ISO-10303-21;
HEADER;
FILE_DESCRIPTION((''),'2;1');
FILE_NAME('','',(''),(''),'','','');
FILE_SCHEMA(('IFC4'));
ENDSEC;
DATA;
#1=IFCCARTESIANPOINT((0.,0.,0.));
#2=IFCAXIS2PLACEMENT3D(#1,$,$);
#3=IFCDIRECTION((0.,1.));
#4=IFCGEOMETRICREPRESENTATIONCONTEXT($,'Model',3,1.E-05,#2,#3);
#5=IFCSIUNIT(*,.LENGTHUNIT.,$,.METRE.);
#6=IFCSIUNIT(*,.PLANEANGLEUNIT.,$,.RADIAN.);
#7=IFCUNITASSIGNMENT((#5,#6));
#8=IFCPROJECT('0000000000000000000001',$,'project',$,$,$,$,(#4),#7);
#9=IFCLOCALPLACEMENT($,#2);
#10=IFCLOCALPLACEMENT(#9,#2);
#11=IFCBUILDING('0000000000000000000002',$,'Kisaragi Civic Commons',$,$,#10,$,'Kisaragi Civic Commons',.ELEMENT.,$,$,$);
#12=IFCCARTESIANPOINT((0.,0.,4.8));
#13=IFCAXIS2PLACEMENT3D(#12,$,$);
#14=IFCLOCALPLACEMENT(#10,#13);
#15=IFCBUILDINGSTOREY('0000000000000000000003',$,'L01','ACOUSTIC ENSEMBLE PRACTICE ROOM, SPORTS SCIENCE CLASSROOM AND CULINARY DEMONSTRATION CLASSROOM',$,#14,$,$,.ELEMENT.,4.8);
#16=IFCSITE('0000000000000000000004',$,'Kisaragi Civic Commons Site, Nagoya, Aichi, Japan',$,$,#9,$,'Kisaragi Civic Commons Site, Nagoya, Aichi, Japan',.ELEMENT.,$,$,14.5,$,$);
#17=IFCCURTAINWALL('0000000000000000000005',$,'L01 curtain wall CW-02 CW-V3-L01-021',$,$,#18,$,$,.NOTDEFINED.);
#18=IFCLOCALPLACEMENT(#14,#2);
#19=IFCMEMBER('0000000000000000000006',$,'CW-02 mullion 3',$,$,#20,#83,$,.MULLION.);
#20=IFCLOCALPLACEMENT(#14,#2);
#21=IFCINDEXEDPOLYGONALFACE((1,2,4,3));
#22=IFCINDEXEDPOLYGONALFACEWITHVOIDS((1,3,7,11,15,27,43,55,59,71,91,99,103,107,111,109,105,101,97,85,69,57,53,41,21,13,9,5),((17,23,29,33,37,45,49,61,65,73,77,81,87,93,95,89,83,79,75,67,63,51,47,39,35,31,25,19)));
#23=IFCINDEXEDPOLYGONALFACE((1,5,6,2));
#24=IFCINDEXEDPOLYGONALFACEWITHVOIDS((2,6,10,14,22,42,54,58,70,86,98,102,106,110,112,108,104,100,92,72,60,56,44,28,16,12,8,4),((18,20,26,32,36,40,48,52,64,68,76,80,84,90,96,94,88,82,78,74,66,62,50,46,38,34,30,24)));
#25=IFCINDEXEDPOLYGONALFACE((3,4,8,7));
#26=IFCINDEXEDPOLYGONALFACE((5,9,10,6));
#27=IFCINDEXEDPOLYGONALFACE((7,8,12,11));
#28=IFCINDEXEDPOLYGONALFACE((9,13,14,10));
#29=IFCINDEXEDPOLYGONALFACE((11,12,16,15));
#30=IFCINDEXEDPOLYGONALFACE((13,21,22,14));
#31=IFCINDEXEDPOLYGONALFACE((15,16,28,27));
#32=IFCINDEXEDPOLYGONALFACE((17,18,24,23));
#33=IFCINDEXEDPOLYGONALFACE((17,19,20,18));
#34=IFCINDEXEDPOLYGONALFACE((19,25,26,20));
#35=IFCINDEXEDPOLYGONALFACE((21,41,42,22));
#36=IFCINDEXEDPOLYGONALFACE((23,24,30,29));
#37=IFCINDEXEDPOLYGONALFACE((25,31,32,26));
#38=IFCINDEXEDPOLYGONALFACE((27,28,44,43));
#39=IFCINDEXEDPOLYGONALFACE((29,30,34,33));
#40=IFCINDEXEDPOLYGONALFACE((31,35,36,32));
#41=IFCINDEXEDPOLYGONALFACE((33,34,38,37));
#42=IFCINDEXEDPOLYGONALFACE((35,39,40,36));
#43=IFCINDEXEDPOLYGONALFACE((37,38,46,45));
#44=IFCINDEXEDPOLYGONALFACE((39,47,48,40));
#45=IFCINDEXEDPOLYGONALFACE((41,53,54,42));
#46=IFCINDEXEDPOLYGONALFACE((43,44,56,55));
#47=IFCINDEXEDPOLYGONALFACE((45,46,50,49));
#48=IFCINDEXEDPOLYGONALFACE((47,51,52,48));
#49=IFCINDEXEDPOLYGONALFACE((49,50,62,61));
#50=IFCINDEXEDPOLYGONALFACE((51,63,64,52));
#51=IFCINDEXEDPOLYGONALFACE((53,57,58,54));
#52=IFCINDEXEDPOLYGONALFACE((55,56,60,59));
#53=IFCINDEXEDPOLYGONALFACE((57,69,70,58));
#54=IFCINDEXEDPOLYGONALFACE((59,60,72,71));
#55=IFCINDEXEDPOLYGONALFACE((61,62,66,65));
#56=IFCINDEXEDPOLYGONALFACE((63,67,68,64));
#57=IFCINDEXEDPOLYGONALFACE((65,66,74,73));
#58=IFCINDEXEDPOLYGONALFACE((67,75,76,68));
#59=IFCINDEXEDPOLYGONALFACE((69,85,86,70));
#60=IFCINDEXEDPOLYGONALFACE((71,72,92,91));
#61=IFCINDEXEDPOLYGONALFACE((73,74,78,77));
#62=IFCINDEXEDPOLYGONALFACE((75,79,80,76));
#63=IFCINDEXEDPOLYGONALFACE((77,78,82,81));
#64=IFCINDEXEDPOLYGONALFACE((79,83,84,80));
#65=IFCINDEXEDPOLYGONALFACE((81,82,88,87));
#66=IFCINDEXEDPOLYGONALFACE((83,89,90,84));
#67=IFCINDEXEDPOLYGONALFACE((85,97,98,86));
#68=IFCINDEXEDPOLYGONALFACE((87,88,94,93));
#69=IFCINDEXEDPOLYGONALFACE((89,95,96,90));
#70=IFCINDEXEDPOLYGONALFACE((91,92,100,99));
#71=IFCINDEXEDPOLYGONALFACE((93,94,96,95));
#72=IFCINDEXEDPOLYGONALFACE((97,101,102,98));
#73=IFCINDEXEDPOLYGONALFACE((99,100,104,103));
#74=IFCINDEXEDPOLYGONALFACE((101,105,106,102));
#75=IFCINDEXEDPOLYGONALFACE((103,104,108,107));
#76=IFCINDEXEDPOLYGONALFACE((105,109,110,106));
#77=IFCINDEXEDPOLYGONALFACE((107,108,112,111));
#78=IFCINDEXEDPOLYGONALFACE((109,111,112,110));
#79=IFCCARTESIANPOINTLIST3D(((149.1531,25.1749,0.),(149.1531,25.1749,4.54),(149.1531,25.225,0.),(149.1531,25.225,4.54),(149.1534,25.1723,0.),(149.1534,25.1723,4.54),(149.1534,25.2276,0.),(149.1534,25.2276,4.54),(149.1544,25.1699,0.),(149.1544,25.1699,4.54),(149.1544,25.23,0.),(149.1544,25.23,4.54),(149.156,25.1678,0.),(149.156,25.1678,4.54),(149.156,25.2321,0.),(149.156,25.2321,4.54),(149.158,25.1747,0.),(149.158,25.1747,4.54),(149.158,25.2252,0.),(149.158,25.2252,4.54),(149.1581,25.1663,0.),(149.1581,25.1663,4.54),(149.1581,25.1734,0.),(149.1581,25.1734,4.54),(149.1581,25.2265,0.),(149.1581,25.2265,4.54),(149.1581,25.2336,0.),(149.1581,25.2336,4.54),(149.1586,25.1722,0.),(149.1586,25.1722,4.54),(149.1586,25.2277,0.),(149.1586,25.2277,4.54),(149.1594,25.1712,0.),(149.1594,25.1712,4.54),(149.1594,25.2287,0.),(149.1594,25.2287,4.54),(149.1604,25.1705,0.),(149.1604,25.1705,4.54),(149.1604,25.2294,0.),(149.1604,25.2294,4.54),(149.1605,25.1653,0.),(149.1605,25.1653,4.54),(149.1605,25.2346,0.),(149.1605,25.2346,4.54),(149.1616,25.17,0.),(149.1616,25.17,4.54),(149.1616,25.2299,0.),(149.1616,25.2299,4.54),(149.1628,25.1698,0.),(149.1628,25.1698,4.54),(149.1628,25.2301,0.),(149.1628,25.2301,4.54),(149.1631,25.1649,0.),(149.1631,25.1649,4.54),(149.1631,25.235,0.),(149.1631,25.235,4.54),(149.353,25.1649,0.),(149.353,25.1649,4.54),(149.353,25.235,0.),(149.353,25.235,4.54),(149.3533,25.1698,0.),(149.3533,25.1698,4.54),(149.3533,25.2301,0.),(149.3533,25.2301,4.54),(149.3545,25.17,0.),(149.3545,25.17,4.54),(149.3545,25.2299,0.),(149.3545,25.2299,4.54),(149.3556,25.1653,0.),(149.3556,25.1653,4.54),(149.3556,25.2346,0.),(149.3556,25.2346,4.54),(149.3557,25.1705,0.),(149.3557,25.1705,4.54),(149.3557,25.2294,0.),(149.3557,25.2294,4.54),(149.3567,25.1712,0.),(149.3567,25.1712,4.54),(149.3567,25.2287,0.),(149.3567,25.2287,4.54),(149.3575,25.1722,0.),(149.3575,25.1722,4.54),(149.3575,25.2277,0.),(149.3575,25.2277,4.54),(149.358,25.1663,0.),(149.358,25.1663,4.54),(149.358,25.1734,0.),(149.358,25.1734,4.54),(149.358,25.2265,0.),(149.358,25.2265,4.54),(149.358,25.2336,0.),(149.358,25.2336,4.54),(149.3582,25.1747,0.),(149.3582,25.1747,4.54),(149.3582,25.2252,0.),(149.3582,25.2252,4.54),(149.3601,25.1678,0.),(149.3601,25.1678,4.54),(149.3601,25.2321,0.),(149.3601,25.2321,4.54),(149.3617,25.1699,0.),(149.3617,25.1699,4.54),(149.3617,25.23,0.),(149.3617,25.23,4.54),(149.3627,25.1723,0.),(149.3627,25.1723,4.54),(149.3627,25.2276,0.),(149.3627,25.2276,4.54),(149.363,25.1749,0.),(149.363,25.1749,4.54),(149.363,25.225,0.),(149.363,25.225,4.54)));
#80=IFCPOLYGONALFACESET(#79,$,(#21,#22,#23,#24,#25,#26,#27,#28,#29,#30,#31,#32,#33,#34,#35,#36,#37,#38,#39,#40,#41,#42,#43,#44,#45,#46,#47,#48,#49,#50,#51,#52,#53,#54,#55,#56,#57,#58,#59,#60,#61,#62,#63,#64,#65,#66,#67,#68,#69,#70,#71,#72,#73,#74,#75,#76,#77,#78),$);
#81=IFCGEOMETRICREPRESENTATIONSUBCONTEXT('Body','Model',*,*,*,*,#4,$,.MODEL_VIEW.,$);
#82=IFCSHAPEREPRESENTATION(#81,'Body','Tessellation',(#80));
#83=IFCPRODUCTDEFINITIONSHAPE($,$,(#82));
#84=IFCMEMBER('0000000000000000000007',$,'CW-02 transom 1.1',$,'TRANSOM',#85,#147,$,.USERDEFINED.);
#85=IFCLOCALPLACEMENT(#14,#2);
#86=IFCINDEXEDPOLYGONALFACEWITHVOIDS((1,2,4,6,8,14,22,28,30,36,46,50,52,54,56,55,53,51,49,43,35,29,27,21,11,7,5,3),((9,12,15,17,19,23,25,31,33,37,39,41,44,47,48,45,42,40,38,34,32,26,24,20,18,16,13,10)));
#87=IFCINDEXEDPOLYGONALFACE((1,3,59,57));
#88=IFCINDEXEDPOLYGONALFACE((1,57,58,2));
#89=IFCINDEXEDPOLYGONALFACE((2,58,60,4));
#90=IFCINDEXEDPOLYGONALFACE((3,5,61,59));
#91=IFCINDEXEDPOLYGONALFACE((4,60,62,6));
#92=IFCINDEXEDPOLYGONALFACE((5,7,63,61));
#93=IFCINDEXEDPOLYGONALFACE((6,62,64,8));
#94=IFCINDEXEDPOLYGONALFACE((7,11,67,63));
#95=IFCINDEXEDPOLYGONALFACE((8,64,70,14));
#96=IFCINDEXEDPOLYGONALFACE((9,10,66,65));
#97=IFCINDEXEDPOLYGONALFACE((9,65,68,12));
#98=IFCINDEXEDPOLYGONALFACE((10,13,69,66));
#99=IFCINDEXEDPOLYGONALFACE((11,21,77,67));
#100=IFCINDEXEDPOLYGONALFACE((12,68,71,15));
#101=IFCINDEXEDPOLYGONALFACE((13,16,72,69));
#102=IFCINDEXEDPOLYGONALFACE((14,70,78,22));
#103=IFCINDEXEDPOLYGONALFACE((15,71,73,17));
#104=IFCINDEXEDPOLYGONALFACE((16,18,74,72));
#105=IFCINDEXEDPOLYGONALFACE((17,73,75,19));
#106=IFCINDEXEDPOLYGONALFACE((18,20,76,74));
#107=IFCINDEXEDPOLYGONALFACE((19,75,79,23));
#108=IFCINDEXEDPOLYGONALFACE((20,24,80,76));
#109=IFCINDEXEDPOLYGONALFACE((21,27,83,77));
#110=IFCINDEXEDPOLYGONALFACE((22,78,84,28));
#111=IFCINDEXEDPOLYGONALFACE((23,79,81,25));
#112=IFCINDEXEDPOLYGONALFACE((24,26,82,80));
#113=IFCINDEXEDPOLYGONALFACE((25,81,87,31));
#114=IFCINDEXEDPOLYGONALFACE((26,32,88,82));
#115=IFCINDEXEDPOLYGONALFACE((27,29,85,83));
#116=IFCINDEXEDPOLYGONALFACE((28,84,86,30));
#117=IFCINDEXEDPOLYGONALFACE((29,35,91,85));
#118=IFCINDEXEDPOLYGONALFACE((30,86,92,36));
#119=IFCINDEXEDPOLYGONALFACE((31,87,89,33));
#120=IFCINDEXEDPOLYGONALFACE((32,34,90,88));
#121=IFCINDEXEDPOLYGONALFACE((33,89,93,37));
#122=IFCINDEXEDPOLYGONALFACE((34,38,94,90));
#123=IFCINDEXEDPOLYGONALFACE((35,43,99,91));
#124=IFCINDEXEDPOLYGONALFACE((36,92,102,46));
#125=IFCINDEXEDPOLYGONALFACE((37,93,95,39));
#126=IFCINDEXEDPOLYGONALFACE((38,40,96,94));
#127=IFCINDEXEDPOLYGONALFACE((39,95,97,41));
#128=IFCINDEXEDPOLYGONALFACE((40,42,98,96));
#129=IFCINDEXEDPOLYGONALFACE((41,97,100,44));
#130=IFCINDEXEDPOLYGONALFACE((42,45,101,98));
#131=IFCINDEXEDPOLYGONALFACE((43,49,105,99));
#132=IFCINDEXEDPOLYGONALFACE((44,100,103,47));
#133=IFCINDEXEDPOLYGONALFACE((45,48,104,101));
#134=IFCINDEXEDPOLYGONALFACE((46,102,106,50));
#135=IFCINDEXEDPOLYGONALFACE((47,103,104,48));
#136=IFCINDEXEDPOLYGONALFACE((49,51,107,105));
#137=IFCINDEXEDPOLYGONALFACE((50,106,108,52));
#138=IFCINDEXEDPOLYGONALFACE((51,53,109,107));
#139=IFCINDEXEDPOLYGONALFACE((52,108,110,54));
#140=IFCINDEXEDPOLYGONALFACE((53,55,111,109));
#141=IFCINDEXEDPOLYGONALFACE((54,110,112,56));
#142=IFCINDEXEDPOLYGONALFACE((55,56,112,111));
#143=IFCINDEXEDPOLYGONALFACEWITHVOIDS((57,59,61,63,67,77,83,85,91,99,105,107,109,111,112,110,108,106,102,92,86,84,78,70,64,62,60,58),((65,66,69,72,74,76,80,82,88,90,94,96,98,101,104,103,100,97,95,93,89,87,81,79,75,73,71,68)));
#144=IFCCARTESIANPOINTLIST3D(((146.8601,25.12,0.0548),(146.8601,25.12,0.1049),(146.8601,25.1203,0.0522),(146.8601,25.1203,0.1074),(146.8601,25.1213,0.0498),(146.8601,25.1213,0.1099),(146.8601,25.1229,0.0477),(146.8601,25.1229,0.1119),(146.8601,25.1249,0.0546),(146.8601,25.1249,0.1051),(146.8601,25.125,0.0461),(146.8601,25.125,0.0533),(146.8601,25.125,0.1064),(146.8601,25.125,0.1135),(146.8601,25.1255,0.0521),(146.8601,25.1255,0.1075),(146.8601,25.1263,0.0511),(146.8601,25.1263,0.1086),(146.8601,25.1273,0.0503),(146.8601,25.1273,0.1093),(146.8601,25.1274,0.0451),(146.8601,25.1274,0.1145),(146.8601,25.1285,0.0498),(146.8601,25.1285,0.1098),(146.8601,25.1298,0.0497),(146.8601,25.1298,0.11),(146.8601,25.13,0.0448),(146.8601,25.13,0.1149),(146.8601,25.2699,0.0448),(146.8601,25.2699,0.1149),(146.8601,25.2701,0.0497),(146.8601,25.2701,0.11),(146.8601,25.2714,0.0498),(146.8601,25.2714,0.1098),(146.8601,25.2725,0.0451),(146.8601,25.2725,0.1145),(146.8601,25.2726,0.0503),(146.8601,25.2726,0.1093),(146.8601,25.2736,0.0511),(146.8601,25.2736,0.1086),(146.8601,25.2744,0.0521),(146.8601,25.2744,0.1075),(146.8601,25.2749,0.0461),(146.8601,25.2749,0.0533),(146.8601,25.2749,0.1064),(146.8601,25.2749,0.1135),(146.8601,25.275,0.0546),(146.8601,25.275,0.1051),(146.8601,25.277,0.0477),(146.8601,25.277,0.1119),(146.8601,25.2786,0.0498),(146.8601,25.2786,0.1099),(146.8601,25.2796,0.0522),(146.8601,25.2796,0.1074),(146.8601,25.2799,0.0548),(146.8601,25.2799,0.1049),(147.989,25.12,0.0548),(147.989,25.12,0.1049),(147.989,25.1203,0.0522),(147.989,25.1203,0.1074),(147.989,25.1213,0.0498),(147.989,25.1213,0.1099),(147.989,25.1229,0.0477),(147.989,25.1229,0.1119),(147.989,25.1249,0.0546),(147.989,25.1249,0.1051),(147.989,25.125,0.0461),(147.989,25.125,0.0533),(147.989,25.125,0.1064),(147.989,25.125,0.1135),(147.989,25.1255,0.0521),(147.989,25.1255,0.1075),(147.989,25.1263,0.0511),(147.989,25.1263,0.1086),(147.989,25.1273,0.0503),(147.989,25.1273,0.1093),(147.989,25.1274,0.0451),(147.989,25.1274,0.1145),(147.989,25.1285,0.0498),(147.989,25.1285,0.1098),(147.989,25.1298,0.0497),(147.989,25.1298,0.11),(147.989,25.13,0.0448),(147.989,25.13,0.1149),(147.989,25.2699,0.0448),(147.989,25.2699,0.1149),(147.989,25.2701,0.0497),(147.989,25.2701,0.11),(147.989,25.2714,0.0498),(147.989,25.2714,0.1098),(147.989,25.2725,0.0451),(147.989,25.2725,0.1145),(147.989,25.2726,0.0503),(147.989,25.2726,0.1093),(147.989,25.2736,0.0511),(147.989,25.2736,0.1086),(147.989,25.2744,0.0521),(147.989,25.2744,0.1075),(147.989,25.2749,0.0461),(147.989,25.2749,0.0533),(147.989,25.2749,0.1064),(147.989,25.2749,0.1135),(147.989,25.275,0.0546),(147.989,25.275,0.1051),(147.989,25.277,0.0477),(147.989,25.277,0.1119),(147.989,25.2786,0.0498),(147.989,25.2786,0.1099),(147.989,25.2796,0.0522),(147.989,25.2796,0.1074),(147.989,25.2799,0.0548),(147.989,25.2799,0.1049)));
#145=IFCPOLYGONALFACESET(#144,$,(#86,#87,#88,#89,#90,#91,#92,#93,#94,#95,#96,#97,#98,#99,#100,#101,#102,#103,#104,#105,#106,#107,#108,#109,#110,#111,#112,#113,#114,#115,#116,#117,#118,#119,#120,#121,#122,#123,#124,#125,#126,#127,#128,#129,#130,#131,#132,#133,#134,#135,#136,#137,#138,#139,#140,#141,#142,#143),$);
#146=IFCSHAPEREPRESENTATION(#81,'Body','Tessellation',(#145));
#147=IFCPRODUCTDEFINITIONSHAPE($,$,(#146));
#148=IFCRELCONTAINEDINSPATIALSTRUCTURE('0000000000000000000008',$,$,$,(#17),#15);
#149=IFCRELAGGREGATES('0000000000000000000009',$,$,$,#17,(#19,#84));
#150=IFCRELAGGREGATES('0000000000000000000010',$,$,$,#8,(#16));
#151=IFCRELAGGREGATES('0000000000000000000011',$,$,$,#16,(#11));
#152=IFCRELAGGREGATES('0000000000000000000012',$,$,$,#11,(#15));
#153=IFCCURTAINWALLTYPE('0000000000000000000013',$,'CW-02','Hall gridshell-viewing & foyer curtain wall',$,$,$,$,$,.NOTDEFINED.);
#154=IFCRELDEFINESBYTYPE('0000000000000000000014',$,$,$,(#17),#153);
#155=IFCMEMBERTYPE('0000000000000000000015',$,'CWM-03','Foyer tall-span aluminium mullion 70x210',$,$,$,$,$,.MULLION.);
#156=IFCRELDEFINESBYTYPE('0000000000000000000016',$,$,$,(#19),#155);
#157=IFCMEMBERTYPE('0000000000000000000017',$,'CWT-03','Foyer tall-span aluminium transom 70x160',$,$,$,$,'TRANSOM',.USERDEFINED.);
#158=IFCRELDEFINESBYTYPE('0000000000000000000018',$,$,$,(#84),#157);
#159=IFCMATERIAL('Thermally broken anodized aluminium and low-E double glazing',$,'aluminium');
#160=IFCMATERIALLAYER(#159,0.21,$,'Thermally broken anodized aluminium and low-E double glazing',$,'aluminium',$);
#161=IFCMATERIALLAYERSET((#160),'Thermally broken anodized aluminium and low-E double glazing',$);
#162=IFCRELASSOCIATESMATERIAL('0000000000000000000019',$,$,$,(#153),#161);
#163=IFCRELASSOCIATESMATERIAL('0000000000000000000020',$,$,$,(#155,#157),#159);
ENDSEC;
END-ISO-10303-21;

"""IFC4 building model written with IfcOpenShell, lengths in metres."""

from ifc_helpers import new_model, si_unit, direction, frame, origin, origin_2d, place, context, subcontext, project, spatial, hollow_rectangle, extrude, material, layer, layer_set, material_profile, profile_set, type_object, element, aggregate, save


model = new_model("IFC4")

# Units and contexts
model_context = context("Model", 3, precision=1e-05, world=origin(), true_north=direction((0.0, 1.0)))
body_context = subcontext(model_context, "Body", "Model", "MODEL_VIEW")
ifc_project = project(units=[si_unit("LENGTHUNIT", "METRE"), si_unit("PLANEANGLEUNIT", "RADIAN")], contexts=[model_context])

# Site, building, storey
site_placement = place(None, origin())
site = spatial("IfcSite", under=ifc_project, at=site_placement, Name="Kisaragi Civic Commons Site, Nagoya, Aichi, Japan", LongName="Kisaragi Civic Commons Site, Nagoya, Aichi, Japan", CompositionType="ELEMENT", RefElevation=14.5)
building_placement = place(site_placement, origin())
building = spatial("IfcBuilding", under=site, at=building_placement, Name="Kisaragi Civic Commons", LongName="Kisaragi Civic Commons", CompositionType="ELEMENT")
storey_placement = place(building_placement, frame((0.0, 0.0, 4.8)))
storey = spatial("IfcBuildingStorey", under=building, at=storey_placement, Name="L01", Description="ACOUSTIC ENSEMBLE PRACTICE ROOM, SPORTS SCIENCE CLASSROOM AND CULINARY DEMONSTRATION CLASSROOM", CompositionType="ELEMENT", Elevation=4.8)

# Curtain wall, members
ifc_material_1 = material(Name="Thermally broken anodized aluminium and low-E double glazing", Category="aluminium")
ifc_layer_1 = layer(ifc_material_1, 0.21, Name="Thermally broken anodized aluminium and low-E double glazing", Category="aluminium")
ifc_layer_set_1 = layer_set([ifc_layer_1], Name="Thermally broken anodized aluminium and low-E double glazing")
curtain_wall_type = type_object("IfcCurtainWallType", Name="CW-02", Description="Hall gridshell-viewing & foyer curtain wall", PredefinedType="NOTDEFINED", material=ifc_layer_set_1)
curtain_wall_placement = place(storey_placement, origin())
curtain_wall = element("IfcCurtainWall", 1, at=curtain_wall_placement, inside=storey, type_object=curtain_wall_type, Name="L01 curtain wall CW-02 CW-V3-L01-021", PredefinedType="NOTDEFINED")
ifc_material_profile_1 = material_profile(ifc_material_1, hollow_rectangle(XDim=0.0701, YDim=0.21, WallThickness=0.0049, InnerFilletRadius=0.0049, OuterFilletRadius=0.01, at=origin_2d()), Name="CWM-70x210x5", Category="aluminium")
ifc_profile_set_1 = profile_set([ifc_material_profile_1], Name="Thermally broken anodized aluminium and low-E double glazing")
member_type_1 = type_object("IfcMemberType", Name="CWM-03", Description="Foyer tall-span aluminium mullion 70x210", PredefinedType="MULLION", material=ifc_profile_set_1)
member_1_placement = place(storey_placement, frame((149.2581, 25.2, 0.0), z_axis=(0.0, 0.0, 1.0), x_axis=(0.0, 1.0, 0.0)))
member_1 = element("IfcMember", 2, at=member_1_placement, type_object=member_type_1, Name="CW-02 mullion 3", PredefinedType="MULLION", context=body_context, shape_type="SweptSolid", body=[
    extrude(hollow_rectangle(XDim=0.0701, YDim=0.21, WallThickness=0.0049, InnerFilletRadius=0.0049, OuterFilletRadius=0.01, at=origin_2d()), origin(), (0.0, 0.0, 1.0), 4.54),
])
ifc_material_profile_2 = material_profile(ifc_material_1, hollow_rectangle(XDim=0.1599, YDim=0.0701, WallThickness=0.0049, InnerFilletRadius=0.0049, OuterFilletRadius=0.01, at=origin_2d()), Name="CWT-70x160x5", Category="aluminium")
ifc_profile_set_2 = profile_set([ifc_material_profile_2], Name="Thermally broken anodized aluminium and low-E double glazing")
member_type_2 = type_object("IfcMemberType", Name="CWT-03", Description="Foyer tall-span aluminium transom 70x160", ElementType="TRANSOM", PredefinedType="USERDEFINED", material=ifc_profile_set_2)
member_2_placement = place(storey_placement, frame((146.8601, 25.2, 0.0798), z_axis=(1.0, 0.0, 0.0), x_axis=(0.0, 1.0, 0.0)))
member_2 = element("IfcMember", 3, at=member_2_placement, type_object=member_type_2, Name="CW-02 transom 1.1", ObjectType="TRANSOM", PredefinedType="USERDEFINED", context=body_context, shape_type="SweptSolid", body=[
    extrude(hollow_rectangle(XDim=0.1599, YDim=0.0701, WallThickness=0.0049, InnerFilletRadius=0.0049, OuterFilletRadius=0.01, at=origin_2d()), origin(), (0.0, 0.0, 1.0), 1.1289),
])

aggregate(curtain_wall, [member_1, member_2])

save(model, "model.ifc")
